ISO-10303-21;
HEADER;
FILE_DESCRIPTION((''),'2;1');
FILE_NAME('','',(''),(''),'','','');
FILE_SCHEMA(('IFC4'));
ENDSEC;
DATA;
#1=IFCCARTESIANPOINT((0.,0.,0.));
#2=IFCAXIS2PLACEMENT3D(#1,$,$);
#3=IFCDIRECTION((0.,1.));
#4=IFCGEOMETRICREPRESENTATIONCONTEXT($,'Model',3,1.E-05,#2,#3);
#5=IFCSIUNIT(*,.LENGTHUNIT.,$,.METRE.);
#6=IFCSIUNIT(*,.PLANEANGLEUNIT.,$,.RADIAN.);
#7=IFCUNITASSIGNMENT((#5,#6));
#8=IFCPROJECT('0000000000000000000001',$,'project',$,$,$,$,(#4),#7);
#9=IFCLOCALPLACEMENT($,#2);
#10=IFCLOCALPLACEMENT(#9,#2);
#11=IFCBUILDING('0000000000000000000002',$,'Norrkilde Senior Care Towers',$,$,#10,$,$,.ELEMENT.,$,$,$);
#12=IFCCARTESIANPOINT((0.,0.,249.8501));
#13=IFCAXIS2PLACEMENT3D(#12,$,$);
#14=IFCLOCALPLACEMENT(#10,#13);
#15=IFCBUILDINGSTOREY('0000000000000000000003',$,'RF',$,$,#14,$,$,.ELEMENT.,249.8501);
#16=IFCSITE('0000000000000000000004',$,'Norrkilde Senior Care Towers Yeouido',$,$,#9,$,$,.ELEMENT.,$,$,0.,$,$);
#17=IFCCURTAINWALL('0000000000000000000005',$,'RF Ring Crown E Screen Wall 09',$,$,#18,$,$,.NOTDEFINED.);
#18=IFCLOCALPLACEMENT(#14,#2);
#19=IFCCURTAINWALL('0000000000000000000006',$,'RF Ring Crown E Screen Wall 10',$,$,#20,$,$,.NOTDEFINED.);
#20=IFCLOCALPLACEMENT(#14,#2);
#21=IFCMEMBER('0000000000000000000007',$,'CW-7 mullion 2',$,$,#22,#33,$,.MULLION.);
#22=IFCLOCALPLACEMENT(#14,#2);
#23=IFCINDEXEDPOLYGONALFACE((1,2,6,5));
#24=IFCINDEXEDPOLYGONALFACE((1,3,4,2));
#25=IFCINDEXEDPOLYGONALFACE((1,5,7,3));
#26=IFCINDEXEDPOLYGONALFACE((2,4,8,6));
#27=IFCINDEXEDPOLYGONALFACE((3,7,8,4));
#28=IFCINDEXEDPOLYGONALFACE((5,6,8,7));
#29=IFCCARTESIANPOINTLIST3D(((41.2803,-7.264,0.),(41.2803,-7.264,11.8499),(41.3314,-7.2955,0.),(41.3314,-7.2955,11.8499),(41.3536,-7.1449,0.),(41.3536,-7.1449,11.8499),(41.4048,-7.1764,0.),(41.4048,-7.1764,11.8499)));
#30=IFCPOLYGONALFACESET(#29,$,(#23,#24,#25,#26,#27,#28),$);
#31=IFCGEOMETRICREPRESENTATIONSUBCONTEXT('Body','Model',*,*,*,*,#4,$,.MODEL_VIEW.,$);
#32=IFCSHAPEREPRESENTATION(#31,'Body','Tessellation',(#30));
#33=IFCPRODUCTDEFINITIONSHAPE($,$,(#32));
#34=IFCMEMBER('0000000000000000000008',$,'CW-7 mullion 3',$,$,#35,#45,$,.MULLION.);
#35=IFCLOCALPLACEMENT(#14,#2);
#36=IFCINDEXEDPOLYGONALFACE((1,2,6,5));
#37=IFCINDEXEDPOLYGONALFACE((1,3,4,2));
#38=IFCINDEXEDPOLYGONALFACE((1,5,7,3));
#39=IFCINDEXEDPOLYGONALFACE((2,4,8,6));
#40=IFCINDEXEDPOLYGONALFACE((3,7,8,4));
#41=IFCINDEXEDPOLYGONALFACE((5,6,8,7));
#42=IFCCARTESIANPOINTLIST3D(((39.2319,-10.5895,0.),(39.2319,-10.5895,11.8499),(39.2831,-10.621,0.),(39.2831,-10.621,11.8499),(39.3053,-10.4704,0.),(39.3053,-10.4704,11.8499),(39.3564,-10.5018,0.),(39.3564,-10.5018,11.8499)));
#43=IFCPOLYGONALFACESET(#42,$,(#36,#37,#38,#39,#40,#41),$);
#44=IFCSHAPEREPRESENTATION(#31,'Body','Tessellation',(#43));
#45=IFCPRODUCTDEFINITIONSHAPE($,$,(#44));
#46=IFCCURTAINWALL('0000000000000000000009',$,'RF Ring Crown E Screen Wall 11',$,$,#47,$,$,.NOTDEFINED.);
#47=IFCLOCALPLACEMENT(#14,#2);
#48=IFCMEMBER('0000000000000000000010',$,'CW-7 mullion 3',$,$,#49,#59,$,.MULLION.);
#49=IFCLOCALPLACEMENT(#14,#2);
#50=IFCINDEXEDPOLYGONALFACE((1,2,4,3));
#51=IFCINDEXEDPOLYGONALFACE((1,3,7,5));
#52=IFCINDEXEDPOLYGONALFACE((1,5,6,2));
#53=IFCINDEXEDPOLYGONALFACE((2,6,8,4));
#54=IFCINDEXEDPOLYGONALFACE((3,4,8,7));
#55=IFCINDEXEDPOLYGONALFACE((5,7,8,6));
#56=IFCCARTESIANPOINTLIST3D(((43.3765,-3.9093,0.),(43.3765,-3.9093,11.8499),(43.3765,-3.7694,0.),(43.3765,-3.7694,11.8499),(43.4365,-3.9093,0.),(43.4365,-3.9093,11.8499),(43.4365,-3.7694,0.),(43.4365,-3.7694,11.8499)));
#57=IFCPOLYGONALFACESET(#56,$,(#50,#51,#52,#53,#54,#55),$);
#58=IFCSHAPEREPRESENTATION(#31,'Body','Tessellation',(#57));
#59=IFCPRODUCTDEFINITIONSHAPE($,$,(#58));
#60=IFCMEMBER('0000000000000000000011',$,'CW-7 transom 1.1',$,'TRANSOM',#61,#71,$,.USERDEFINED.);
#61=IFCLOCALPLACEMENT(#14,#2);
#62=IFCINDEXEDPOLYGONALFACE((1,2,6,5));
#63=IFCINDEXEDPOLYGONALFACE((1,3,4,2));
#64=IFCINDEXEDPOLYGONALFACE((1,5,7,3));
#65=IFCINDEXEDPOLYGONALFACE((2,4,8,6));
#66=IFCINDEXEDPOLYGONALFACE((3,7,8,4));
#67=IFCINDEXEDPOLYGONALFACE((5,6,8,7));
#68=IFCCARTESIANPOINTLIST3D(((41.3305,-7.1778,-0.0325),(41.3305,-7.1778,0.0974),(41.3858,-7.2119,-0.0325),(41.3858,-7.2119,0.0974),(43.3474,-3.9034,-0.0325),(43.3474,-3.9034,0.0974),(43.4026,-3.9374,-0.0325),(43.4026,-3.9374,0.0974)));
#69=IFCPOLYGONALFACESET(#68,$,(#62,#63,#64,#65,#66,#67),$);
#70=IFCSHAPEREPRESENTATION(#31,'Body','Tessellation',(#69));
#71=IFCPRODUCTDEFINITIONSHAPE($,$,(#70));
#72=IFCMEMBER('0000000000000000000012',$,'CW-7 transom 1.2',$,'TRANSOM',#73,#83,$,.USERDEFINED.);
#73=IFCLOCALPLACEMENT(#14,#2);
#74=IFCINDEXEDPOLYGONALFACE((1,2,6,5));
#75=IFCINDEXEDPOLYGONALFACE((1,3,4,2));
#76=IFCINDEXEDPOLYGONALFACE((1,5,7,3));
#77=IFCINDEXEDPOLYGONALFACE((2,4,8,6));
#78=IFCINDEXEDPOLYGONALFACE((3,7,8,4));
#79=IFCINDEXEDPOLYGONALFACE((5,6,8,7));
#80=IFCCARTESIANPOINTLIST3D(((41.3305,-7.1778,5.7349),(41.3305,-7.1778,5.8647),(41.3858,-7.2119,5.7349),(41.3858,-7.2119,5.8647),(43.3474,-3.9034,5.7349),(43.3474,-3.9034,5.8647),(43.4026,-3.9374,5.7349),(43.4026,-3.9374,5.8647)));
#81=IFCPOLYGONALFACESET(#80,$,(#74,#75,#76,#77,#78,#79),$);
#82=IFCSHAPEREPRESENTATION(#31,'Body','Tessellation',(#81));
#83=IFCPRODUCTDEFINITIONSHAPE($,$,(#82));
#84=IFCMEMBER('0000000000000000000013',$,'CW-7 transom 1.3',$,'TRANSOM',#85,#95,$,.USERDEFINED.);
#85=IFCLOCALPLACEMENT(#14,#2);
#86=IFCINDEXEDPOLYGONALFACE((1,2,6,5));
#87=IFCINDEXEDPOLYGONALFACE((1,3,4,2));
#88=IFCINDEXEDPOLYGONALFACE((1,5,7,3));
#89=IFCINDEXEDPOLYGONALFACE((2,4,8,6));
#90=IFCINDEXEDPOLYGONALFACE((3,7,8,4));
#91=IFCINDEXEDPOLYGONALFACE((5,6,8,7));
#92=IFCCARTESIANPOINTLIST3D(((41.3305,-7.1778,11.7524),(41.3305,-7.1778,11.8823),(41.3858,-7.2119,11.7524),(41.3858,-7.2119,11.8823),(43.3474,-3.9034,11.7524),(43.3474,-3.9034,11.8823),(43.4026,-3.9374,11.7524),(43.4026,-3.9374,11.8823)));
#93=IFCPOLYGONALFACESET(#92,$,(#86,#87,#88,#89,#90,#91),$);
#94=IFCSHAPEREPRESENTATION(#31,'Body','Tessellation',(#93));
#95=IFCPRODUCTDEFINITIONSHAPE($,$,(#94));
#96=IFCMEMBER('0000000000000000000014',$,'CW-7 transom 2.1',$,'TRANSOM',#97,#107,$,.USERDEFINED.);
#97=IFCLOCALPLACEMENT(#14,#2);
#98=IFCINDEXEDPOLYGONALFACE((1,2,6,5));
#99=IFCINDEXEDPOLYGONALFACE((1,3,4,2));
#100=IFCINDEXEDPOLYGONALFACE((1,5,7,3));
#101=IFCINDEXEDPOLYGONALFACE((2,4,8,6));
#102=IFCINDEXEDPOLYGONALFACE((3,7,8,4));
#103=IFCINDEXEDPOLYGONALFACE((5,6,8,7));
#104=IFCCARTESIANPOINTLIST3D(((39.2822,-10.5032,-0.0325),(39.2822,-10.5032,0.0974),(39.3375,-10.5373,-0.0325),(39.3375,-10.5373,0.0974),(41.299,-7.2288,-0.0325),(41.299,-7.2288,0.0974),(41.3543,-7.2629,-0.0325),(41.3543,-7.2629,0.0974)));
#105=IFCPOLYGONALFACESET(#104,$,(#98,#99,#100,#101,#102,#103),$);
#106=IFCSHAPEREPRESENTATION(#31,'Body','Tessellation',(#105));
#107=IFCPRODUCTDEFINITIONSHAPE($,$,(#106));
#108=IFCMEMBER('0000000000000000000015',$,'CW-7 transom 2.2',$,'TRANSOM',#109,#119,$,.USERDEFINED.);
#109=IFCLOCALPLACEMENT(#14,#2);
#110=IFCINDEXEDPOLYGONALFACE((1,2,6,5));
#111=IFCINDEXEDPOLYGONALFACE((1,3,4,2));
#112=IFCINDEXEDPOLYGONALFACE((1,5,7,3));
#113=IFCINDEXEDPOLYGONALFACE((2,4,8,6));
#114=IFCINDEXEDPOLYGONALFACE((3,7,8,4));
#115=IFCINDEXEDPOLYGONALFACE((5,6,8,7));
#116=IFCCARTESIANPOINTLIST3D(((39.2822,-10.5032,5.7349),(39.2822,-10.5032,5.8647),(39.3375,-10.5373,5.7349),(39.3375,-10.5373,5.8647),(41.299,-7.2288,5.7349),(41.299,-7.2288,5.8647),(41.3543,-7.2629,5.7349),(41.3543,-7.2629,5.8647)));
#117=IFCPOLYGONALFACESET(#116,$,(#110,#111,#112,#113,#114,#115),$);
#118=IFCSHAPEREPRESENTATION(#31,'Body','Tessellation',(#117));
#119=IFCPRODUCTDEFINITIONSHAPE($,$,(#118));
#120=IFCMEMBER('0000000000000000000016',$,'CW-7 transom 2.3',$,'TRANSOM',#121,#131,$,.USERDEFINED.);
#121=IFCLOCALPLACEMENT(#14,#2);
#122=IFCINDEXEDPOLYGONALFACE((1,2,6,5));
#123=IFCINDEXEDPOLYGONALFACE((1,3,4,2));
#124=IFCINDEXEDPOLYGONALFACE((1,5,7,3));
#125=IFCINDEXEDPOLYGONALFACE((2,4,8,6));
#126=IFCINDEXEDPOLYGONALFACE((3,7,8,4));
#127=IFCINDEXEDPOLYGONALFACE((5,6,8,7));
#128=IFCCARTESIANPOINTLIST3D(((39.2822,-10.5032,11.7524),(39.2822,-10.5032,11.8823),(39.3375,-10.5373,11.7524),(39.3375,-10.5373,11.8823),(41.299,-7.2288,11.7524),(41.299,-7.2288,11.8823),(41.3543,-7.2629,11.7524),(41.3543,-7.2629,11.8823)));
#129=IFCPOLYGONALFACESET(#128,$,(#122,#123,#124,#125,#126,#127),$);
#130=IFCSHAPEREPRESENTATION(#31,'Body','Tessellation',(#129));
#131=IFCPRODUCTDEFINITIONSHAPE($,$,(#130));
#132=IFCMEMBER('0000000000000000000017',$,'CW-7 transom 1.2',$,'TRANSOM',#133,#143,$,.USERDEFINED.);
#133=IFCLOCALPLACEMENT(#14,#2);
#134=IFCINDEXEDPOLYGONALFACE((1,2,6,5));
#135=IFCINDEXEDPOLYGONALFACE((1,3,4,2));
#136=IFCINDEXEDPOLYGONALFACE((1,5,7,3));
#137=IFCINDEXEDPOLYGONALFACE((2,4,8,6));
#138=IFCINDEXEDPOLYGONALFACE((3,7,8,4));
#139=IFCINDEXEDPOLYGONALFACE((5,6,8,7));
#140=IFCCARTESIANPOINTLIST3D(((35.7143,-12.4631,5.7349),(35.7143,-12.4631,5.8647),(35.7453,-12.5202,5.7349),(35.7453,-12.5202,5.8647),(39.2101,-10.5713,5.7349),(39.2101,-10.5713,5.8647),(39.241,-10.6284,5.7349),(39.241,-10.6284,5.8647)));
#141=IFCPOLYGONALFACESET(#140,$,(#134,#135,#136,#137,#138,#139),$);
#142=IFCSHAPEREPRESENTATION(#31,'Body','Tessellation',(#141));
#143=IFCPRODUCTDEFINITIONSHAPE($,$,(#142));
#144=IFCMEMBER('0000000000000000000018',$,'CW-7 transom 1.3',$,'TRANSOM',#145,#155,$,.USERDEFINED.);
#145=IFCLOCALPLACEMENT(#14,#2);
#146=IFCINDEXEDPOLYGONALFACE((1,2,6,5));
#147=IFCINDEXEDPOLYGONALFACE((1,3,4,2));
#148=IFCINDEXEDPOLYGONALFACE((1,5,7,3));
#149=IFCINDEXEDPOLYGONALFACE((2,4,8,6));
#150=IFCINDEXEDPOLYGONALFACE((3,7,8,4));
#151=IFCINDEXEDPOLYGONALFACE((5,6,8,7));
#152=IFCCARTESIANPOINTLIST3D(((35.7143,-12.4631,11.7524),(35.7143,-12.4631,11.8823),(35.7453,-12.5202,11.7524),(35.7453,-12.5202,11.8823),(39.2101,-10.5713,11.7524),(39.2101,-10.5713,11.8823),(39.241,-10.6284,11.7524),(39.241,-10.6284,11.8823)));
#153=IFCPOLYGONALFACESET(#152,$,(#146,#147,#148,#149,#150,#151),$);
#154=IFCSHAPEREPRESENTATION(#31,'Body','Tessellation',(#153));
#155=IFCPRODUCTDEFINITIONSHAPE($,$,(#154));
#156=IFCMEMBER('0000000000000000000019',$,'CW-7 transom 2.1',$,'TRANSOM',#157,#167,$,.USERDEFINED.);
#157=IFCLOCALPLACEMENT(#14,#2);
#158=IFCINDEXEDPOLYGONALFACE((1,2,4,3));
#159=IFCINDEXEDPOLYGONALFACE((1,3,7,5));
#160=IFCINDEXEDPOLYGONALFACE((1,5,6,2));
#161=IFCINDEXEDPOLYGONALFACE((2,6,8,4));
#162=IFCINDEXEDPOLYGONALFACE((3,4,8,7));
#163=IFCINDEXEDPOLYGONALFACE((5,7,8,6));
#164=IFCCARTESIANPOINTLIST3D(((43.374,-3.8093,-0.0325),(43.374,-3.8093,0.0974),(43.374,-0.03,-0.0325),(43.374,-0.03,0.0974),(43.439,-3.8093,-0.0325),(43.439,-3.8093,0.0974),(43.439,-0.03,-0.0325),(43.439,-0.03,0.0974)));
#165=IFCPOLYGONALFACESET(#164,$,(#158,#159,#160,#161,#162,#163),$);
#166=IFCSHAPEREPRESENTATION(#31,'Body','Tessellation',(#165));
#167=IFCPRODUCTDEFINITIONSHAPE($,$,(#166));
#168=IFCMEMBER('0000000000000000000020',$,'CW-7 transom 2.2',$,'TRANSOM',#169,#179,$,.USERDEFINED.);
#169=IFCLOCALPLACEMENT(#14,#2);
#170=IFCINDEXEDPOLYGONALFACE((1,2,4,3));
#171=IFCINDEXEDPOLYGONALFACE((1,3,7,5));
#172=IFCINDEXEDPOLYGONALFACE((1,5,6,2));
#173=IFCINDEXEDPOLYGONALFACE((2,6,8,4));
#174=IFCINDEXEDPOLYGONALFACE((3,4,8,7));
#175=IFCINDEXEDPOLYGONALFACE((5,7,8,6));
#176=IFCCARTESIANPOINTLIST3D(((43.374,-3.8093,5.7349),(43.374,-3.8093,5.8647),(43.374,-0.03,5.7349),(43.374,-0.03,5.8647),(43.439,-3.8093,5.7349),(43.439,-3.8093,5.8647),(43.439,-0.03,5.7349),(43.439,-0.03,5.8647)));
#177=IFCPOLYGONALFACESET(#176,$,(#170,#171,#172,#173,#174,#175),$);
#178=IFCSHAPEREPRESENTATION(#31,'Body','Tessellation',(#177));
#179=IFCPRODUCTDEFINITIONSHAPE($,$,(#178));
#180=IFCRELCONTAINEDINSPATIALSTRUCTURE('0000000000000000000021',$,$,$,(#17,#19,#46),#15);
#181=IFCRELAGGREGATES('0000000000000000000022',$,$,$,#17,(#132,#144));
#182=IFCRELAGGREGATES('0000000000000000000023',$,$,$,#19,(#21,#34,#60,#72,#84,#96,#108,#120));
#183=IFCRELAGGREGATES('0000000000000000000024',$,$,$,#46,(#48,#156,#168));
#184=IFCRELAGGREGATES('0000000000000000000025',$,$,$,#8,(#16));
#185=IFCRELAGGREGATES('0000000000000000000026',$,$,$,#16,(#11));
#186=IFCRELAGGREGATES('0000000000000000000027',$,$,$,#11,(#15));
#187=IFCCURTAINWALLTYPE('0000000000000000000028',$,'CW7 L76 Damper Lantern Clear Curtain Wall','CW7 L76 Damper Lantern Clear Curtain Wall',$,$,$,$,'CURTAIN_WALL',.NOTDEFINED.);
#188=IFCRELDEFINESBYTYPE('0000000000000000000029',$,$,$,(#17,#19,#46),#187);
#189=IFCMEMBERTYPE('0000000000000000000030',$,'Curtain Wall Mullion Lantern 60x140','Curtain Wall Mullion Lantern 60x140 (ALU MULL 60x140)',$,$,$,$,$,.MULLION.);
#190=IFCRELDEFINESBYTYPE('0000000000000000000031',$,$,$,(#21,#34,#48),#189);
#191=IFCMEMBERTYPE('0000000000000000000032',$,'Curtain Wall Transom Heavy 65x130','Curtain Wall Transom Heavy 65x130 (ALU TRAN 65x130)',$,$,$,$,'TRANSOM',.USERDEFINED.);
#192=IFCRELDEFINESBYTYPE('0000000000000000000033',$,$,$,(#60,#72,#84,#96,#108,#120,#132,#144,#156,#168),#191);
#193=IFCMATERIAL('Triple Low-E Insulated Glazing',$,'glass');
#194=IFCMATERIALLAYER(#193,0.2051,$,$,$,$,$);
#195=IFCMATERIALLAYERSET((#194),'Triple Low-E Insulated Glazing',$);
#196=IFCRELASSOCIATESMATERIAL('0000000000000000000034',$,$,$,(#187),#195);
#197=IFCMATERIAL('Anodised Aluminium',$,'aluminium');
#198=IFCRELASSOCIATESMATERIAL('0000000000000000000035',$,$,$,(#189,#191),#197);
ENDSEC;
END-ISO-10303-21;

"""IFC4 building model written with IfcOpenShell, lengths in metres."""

from ifc_helpers import new_model, si_unit, direction, frame, origin, origin_2d, place, context, subcontext, project, spatial, rectangle, extrude, source, transform, mapped, material, layer, layer_set, material_profile, profile_set, type_object, type_shapes, element, aggregate, save


model = new_model("IFC4")

# Units and contexts
model_context = context("Model", 3, precision=1e-05, world=origin(), true_north=direction((0.0, 1.0)))
body_context = subcontext(model_context, "Body", "Model", "MODEL_VIEW")
ifc_project = project(units=[si_unit("LENGTHUNIT", "METRE"), si_unit("PLANEANGLEUNIT", "RADIAN")], contexts=[model_context])

# Site, building, storey
site_placement = place(None, origin())
site = spatial("IfcSite", under=ifc_project, at=site_placement, Name="Norrkilde Senior Care Towers Yeouido", CompositionType="ELEMENT", RefElevation=0.0)
building_placement = place(site_placement, origin())
building = spatial("IfcBuilding", under=site, at=building_placement, Name="Norrkilde Senior Care Towers", CompositionType="ELEMENT")
storey_placement = place(building_placement, frame((0.0, 0.0, 249.8501)))
storey = spatial("IfcBuildingStorey", under=building, at=storey_placement, Name="RF", CompositionType="ELEMENT", Elevation=249.8501)

# Curtain wall
ifc_material_1 = material(Name="Triple Low-E Insulated Glazing", Category="glass")
ifc_layer_1 = layer(ifc_material_1, 0.2051)
ifc_layer_set_1 = layer_set([ifc_layer_1], Name="Triple Low-E Insulated Glazing")
curtain_wall_type = type_object("IfcCurtainWallType", Name="CW7 L76 Damper Lantern Clear Curtain Wall", Description="CW7 L76 Damper Lantern Clear Curtain Wall", ElementType="CURTAIN_WALL", PredefinedType="NOTDEFINED", material=ifc_layer_set_1)
curtain_wall_1_placement = place(storey_placement, origin())
curtain_wall_1 = element("IfcCurtainWall", 1, at=curtain_wall_1_placement, inside=storey, type_object=curtain_wall_type, Name="RF Ring Crown E Screen Wall 09", PredefinedType="NOTDEFINED")
ifc_material_2 = material(Name="Anodised Aluminium", Category="aluminium")
ifc_material_profile_1 = material_profile(ifc_material_2, rectangle(XDim=0.0601, YDim=0.1399, at=origin_2d()), Name="ALU MULL 60x140")
ifc_profile_set_1 = profile_set([ifc_material_profile_1], Name="Anodised Aluminium")
member_type_1 = type_object("IfcMemberType", Name="Curtain Wall Mullion Lantern 60x140", Description="Curtain Wall Mullion Lantern 60x140 (ALU MULL 60x140)", PredefinedType="MULLION", material=ifc_profile_set_1)
shared_shape_1 = source(origin(), body_context, "Body", "SweptSolid", [
    extrude(rectangle(XDim=0.0601, YDim=0.1399, at=origin_2d()), origin(), (0.0, 0.0, 1.0), 11.8499),
])
type_shapes(member_type_1, [shared_shape_1])

# Curtain wall, members
curtain_wall_2_placement = place(storey_placement, origin())
curtain_wall_2 = element("IfcCurtainWall", 2, at=curtain_wall_2_placement, inside=storey, type_object=curtain_wall_type, Name="RF Ring Crown E Screen Wall 10", PredefinedType="NOTDEFINED")
member_1_placement = place(storey_placement, frame((41.3425, -7.2202, 0.0), z_axis=(0.0, 0.0, 1.0), x_axis=(0.851436, -0.524458, 0.0)))
member_1 = element("IfcMember", 3, at=member_1_placement, type_object=member_type_1, Name="CW-7 mullion 2", PredefinedType="MULLION", context=body_context, shape_type="MappedRepresentation", body=[
    mapped(shared_shape_1, transform((0.0, 0.0, 0.0), x_axis=(1.0, 0.0, 0.0), y_axis=(0.0, 1.0, 0.0), z_axis=(0.0, 0.0, 1.0), scale=1.0)),
])
member_2_placement = place(storey_placement, frame((39.2942, -10.5457, 0.0), z_axis=(0.0, 0.0, 1.0), x_axis=(0.851436, -0.524458, 0.0)))
member_2 = element("IfcMember", 4, at=member_2_placement, type_object=member_type_1, Name="CW-7 mullion 3", PredefinedType="MULLION", context=body_context, shape_type="MappedRepresentation", body=[
    mapped(shared_shape_1, transform((0.0, 0.0, 0.0), x_axis=(1.0, 0.0, 0.0), y_axis=(0.0, 1.0, 0.0), z_axis=(0.0, 0.0, 1.0), scale=1.0)),
])

# Curtain wall, member
curtain_wall_3_placement = place(storey_placement, origin())
curtain_wall_3 = element("IfcCurtainWall", 5, at=curtain_wall_3_placement, inside=storey, type_object=curtain_wall_type, Name="RF Ring Crown E Screen Wall 11", PredefinedType="NOTDEFINED")
member_3_placement = place(storey_placement, frame((43.4065, -3.8394, 0.0), z_axis=(0.0, 0.0, 1.0), x_axis=(1.0, 0.0, 0.0)))
member_3 = element("IfcMember", 6, at=member_3_placement, type_object=member_type_1, Name="CW-7 mullion 3", PredefinedType="MULLION", context=body_context, shape_type="MappedRepresentation", body=[
    mapped(shared_shape_1, transform((0.0, 0.0, 0.0), x_axis=(1.0, 0.0, 0.0), y_axis=(0.0, 1.0, 0.0), z_axis=(0.0, 0.0, 1.0), scale=1.0)),
])

# Members
ifc_material_profile_2 = material_profile(ifc_material_2, rectangle(XDim=0.0649, YDim=0.1299, at=origin_2d()), Name="ALU TRAN 65x130")
ifc_profile_set_2 = profile_set([ifc_material_profile_2], Name="Anodised Aluminium")
member_type_2 = type_object("IfcMemberType", Name="Curtain Wall Transom Heavy 65x130", Description="Curtain Wall Transom Heavy 65x130 (ALU TRAN 65x130)", ElementType="TRANSOM", PredefinedType="USERDEFINED", material=ifc_profile_set_2)
shared_shape_2 = source(origin(), body_context, "Body", "SweptSolid", [
    extrude(rectangle(XDim=0.0649, YDim=0.1299, at=origin_2d()), origin(), (0.0, 0.0, 1.0), 3.8457),
])
member_4_placement = place(storey_placement, frame((43.375, -3.9204, 0.0325), z_axis=(-0.524441, -0.851447, 0.0), x_axis=(0.851447, -0.524441, 0.0)))
member_4 = element("IfcMember", 7, at=member_4_placement, type_object=member_type_2, Name="CW-7 transom 1.1", ObjectType="TRANSOM", PredefinedType="USERDEFINED", context=body_context, shape_type="MappedRepresentation", body=[
    mapped(shared_shape_2, transform((0.0, 0.0, 0.0), x_axis=(1.0, 0.0, 0.0), y_axis=(0.0, 1.0, 0.0), z_axis=(0.0, 0.0, 1.0), scale=1.0)),
])
member_5_placement = place(storey_placement, frame((43.375, -3.9204, 5.7998), z_axis=(-0.524441, -0.851447, 0.0), x_axis=(0.851447, -0.524441, 0.0)))
member_5 = element("IfcMember", 8, at=member_5_placement, type_object=member_type_2, Name="CW-7 transom 1.2", ObjectType="TRANSOM", PredefinedType="USERDEFINED", context=body_context, shape_type="MappedRepresentation", body=[
    mapped(shared_shape_2, transform((0.0, 0.0, 0.0), x_axis=(1.0, 0.0, 0.0), y_axis=(0.0, 1.0, 0.0), z_axis=(0.0, 0.0, 1.0), scale=1.0)),
])
member_6_placement = place(storey_placement, frame((43.375, -3.9204, 11.8174), z_axis=(-0.524441, -0.851447, 0.0), x_axis=(0.851447, -0.524441, 0.0)))
member_6 = element("IfcMember", 9, at=member_6_placement, type_object=member_type_2, Name="CW-7 transom 1.3", ObjectType="TRANSOM", PredefinedType="USERDEFINED", context=body_context, shape_type="MappedRepresentation", body=[
    mapped(shared_shape_2, transform((0.0, 0.0, 0.0), x_axis=(1.0, 0.0, 0.0), y_axis=(0.0, 1.0, 0.0), z_axis=(0.0, 0.0, 1.0), scale=1.0)),
])
member_7_placement = place(storey_placement, frame((41.3267, -7.2458, 0.0325), z_axis=(-0.524441, -0.851447, 0.0), x_axis=(0.851447, -0.524441, 0.0)))
member_7 = element("IfcMember", 10, at=member_7_placement, type_object=member_type_2, Name="CW-7 transom 2.1", ObjectType="TRANSOM", PredefinedType="USERDEFINED", context=body_context, shape_type="MappedRepresentation", body=[
    mapped(shared_shape_2, transform((0.0, 0.0, 0.0), x_axis=(1.0, 0.0, 0.0), y_axis=(0.0, 1.0, 0.0), z_axis=(0.0, 0.0, 1.0), scale=1.0)),
])
member_8_placement = place(storey_placement, frame((41.3267, -7.2458, 5.7998), z_axis=(-0.524441, -0.851447, 0.0), x_axis=(0.851447, -0.524441, 0.0)))
member_8 = element("IfcMember", 11, at=member_8_placement, type_object=member_type_2, Name="CW-7 transom 2.2", ObjectType="TRANSOM", PredefinedType="USERDEFINED", context=body_context, shape_type="MappedRepresentation", body=[
    mapped(shared_shape_2, transform((0.0, 0.0, 0.0), x_axis=(1.0, 0.0, 0.0), y_axis=(0.0, 1.0, 0.0), z_axis=(0.0, 0.0, 1.0), scale=1.0)),
])
member_9_placement = place(storey_placement, frame((41.3267, -7.2458, 11.8174), z_axis=(-0.524441, -0.851447, 0.0), x_axis=(0.851447, -0.524441, 0.0)))
member_9 = element("IfcMember", 12, at=member_9_placement, type_object=member_type_2, Name="CW-7 transom 2.3", ObjectType="TRANSOM", PredefinedType="USERDEFINED", context=body_context, shape_type="MappedRepresentation", body=[
    mapped(shared_shape_2, transform((0.0, 0.0, 0.0), x_axis=(1.0, 0.0, 0.0), y_axis=(0.0, 1.0, 0.0), z_axis=(0.0, 0.0, 1.0), scale=1.0)),
])
shared_shape_3 = source(origin(), body_context, "Body", "SweptSolid", [
    extrude(rectangle(XDim=0.0649, YDim=0.1299, at=origin_2d()), origin(), (0.0, 0.0, 1.0), 3.9749),
])
member_10_placement = place(storey_placement, frame((39.2256, -10.5999, 5.7998), z_axis=(-0.879475, -0.475945, 0.0), x_axis=(0.475945, -0.879475, 0.0)))
member_10 = element("IfcMember", 13, at=member_10_placement, type_object=member_type_2, Name="CW-7 transom 1.2", ObjectType="TRANSOM", PredefinedType="USERDEFINED", context=body_context, shape_type="MappedRepresentation", body=[
    mapped(shared_shape_3, transform((0.0, 0.0, 0.0), x_axis=(1.0, 0.0, 0.0), y_axis=(0.0, 1.0, 0.0), z_axis=(0.0, 0.0, 1.0), scale=1.0)),
])
member_11_placement = place(storey_placement, frame((39.2256, -10.5999, 11.8174), z_axis=(-0.879475, -0.475945, 0.0), x_axis=(0.475945, -0.879475, 0.0)))
member_11 = element("IfcMember", 14, at=member_11_placement, type_object=member_type_2, Name="CW-7 transom 1.3", ObjectType="TRANSOM", PredefinedType="USERDEFINED", context=body_context, shape_type="MappedRepresentation", body=[
    mapped(shared_shape_3, transform((0.0, 0.0, 0.0), x_axis=(1.0, 0.0, 0.0), y_axis=(0.0, 1.0, 0.0), z_axis=(0.0, 0.0, 1.0), scale=1.0)),
])
aggregate(curtain_wall_1, [member_10, member_11])
shared_shape_4 = source(origin(), body_context, "Body", "SweptSolid", [
    extrude(rectangle(XDim=0.0649, YDim=0.1299, at=origin_2d()), origin(), (0.0, 0.0, 1.0), 3.7793),
])
type_shapes(member_type_2, [shared_shape_2, shared_shape_3, shared_shape_4])
member_12_placement = place(storey_placement, frame((43.4065, -0.03, 0.0325), z_axis=(0.0, -1.0, 0.0), x_axis=(1.0, 0.0, 0.0)))
member_12 = element("IfcMember", 15, at=member_12_placement, type_object=member_type_2, Name="CW-7 transom 2.1", ObjectType="TRANSOM", PredefinedType="USERDEFINED", context=body_context, shape_type="MappedRepresentation", body=[
    mapped(shared_shape_4, transform((0.0, 0.0, 0.0), x_axis=(1.0, 0.0, 0.0), y_axis=(0.0, 1.0, 0.0), z_axis=(0.0, 0.0, 1.0), scale=1.0)),
])
member_13_placement = place(storey_placement, frame((43.4065, -0.03, 5.7998), z_axis=(0.0, -1.0, 0.0), x_axis=(1.0, 0.0, 0.0)))
member_13 = element("IfcMember", 16, at=member_13_placement, type_object=member_type_2, Name="CW-7 transom 2.2", ObjectType="TRANSOM", PredefinedType="USERDEFINED", context=body_context, shape_type="MappedRepresentation", body=[
    mapped(shared_shape_4, transform((0.0, 0.0, 0.0), x_axis=(1.0, 0.0, 0.0), y_axis=(0.0, 1.0, 0.0), z_axis=(0.0, 0.0, 1.0), scale=1.0)),
])

aggregate(curtain_wall_2, [member_1, member_2, member_4, member_5, member_6, member_7, member_8, member_9])
aggregate(curtain_wall_3, [member_3, member_12, member_13])

save(model, "model.ifc")
